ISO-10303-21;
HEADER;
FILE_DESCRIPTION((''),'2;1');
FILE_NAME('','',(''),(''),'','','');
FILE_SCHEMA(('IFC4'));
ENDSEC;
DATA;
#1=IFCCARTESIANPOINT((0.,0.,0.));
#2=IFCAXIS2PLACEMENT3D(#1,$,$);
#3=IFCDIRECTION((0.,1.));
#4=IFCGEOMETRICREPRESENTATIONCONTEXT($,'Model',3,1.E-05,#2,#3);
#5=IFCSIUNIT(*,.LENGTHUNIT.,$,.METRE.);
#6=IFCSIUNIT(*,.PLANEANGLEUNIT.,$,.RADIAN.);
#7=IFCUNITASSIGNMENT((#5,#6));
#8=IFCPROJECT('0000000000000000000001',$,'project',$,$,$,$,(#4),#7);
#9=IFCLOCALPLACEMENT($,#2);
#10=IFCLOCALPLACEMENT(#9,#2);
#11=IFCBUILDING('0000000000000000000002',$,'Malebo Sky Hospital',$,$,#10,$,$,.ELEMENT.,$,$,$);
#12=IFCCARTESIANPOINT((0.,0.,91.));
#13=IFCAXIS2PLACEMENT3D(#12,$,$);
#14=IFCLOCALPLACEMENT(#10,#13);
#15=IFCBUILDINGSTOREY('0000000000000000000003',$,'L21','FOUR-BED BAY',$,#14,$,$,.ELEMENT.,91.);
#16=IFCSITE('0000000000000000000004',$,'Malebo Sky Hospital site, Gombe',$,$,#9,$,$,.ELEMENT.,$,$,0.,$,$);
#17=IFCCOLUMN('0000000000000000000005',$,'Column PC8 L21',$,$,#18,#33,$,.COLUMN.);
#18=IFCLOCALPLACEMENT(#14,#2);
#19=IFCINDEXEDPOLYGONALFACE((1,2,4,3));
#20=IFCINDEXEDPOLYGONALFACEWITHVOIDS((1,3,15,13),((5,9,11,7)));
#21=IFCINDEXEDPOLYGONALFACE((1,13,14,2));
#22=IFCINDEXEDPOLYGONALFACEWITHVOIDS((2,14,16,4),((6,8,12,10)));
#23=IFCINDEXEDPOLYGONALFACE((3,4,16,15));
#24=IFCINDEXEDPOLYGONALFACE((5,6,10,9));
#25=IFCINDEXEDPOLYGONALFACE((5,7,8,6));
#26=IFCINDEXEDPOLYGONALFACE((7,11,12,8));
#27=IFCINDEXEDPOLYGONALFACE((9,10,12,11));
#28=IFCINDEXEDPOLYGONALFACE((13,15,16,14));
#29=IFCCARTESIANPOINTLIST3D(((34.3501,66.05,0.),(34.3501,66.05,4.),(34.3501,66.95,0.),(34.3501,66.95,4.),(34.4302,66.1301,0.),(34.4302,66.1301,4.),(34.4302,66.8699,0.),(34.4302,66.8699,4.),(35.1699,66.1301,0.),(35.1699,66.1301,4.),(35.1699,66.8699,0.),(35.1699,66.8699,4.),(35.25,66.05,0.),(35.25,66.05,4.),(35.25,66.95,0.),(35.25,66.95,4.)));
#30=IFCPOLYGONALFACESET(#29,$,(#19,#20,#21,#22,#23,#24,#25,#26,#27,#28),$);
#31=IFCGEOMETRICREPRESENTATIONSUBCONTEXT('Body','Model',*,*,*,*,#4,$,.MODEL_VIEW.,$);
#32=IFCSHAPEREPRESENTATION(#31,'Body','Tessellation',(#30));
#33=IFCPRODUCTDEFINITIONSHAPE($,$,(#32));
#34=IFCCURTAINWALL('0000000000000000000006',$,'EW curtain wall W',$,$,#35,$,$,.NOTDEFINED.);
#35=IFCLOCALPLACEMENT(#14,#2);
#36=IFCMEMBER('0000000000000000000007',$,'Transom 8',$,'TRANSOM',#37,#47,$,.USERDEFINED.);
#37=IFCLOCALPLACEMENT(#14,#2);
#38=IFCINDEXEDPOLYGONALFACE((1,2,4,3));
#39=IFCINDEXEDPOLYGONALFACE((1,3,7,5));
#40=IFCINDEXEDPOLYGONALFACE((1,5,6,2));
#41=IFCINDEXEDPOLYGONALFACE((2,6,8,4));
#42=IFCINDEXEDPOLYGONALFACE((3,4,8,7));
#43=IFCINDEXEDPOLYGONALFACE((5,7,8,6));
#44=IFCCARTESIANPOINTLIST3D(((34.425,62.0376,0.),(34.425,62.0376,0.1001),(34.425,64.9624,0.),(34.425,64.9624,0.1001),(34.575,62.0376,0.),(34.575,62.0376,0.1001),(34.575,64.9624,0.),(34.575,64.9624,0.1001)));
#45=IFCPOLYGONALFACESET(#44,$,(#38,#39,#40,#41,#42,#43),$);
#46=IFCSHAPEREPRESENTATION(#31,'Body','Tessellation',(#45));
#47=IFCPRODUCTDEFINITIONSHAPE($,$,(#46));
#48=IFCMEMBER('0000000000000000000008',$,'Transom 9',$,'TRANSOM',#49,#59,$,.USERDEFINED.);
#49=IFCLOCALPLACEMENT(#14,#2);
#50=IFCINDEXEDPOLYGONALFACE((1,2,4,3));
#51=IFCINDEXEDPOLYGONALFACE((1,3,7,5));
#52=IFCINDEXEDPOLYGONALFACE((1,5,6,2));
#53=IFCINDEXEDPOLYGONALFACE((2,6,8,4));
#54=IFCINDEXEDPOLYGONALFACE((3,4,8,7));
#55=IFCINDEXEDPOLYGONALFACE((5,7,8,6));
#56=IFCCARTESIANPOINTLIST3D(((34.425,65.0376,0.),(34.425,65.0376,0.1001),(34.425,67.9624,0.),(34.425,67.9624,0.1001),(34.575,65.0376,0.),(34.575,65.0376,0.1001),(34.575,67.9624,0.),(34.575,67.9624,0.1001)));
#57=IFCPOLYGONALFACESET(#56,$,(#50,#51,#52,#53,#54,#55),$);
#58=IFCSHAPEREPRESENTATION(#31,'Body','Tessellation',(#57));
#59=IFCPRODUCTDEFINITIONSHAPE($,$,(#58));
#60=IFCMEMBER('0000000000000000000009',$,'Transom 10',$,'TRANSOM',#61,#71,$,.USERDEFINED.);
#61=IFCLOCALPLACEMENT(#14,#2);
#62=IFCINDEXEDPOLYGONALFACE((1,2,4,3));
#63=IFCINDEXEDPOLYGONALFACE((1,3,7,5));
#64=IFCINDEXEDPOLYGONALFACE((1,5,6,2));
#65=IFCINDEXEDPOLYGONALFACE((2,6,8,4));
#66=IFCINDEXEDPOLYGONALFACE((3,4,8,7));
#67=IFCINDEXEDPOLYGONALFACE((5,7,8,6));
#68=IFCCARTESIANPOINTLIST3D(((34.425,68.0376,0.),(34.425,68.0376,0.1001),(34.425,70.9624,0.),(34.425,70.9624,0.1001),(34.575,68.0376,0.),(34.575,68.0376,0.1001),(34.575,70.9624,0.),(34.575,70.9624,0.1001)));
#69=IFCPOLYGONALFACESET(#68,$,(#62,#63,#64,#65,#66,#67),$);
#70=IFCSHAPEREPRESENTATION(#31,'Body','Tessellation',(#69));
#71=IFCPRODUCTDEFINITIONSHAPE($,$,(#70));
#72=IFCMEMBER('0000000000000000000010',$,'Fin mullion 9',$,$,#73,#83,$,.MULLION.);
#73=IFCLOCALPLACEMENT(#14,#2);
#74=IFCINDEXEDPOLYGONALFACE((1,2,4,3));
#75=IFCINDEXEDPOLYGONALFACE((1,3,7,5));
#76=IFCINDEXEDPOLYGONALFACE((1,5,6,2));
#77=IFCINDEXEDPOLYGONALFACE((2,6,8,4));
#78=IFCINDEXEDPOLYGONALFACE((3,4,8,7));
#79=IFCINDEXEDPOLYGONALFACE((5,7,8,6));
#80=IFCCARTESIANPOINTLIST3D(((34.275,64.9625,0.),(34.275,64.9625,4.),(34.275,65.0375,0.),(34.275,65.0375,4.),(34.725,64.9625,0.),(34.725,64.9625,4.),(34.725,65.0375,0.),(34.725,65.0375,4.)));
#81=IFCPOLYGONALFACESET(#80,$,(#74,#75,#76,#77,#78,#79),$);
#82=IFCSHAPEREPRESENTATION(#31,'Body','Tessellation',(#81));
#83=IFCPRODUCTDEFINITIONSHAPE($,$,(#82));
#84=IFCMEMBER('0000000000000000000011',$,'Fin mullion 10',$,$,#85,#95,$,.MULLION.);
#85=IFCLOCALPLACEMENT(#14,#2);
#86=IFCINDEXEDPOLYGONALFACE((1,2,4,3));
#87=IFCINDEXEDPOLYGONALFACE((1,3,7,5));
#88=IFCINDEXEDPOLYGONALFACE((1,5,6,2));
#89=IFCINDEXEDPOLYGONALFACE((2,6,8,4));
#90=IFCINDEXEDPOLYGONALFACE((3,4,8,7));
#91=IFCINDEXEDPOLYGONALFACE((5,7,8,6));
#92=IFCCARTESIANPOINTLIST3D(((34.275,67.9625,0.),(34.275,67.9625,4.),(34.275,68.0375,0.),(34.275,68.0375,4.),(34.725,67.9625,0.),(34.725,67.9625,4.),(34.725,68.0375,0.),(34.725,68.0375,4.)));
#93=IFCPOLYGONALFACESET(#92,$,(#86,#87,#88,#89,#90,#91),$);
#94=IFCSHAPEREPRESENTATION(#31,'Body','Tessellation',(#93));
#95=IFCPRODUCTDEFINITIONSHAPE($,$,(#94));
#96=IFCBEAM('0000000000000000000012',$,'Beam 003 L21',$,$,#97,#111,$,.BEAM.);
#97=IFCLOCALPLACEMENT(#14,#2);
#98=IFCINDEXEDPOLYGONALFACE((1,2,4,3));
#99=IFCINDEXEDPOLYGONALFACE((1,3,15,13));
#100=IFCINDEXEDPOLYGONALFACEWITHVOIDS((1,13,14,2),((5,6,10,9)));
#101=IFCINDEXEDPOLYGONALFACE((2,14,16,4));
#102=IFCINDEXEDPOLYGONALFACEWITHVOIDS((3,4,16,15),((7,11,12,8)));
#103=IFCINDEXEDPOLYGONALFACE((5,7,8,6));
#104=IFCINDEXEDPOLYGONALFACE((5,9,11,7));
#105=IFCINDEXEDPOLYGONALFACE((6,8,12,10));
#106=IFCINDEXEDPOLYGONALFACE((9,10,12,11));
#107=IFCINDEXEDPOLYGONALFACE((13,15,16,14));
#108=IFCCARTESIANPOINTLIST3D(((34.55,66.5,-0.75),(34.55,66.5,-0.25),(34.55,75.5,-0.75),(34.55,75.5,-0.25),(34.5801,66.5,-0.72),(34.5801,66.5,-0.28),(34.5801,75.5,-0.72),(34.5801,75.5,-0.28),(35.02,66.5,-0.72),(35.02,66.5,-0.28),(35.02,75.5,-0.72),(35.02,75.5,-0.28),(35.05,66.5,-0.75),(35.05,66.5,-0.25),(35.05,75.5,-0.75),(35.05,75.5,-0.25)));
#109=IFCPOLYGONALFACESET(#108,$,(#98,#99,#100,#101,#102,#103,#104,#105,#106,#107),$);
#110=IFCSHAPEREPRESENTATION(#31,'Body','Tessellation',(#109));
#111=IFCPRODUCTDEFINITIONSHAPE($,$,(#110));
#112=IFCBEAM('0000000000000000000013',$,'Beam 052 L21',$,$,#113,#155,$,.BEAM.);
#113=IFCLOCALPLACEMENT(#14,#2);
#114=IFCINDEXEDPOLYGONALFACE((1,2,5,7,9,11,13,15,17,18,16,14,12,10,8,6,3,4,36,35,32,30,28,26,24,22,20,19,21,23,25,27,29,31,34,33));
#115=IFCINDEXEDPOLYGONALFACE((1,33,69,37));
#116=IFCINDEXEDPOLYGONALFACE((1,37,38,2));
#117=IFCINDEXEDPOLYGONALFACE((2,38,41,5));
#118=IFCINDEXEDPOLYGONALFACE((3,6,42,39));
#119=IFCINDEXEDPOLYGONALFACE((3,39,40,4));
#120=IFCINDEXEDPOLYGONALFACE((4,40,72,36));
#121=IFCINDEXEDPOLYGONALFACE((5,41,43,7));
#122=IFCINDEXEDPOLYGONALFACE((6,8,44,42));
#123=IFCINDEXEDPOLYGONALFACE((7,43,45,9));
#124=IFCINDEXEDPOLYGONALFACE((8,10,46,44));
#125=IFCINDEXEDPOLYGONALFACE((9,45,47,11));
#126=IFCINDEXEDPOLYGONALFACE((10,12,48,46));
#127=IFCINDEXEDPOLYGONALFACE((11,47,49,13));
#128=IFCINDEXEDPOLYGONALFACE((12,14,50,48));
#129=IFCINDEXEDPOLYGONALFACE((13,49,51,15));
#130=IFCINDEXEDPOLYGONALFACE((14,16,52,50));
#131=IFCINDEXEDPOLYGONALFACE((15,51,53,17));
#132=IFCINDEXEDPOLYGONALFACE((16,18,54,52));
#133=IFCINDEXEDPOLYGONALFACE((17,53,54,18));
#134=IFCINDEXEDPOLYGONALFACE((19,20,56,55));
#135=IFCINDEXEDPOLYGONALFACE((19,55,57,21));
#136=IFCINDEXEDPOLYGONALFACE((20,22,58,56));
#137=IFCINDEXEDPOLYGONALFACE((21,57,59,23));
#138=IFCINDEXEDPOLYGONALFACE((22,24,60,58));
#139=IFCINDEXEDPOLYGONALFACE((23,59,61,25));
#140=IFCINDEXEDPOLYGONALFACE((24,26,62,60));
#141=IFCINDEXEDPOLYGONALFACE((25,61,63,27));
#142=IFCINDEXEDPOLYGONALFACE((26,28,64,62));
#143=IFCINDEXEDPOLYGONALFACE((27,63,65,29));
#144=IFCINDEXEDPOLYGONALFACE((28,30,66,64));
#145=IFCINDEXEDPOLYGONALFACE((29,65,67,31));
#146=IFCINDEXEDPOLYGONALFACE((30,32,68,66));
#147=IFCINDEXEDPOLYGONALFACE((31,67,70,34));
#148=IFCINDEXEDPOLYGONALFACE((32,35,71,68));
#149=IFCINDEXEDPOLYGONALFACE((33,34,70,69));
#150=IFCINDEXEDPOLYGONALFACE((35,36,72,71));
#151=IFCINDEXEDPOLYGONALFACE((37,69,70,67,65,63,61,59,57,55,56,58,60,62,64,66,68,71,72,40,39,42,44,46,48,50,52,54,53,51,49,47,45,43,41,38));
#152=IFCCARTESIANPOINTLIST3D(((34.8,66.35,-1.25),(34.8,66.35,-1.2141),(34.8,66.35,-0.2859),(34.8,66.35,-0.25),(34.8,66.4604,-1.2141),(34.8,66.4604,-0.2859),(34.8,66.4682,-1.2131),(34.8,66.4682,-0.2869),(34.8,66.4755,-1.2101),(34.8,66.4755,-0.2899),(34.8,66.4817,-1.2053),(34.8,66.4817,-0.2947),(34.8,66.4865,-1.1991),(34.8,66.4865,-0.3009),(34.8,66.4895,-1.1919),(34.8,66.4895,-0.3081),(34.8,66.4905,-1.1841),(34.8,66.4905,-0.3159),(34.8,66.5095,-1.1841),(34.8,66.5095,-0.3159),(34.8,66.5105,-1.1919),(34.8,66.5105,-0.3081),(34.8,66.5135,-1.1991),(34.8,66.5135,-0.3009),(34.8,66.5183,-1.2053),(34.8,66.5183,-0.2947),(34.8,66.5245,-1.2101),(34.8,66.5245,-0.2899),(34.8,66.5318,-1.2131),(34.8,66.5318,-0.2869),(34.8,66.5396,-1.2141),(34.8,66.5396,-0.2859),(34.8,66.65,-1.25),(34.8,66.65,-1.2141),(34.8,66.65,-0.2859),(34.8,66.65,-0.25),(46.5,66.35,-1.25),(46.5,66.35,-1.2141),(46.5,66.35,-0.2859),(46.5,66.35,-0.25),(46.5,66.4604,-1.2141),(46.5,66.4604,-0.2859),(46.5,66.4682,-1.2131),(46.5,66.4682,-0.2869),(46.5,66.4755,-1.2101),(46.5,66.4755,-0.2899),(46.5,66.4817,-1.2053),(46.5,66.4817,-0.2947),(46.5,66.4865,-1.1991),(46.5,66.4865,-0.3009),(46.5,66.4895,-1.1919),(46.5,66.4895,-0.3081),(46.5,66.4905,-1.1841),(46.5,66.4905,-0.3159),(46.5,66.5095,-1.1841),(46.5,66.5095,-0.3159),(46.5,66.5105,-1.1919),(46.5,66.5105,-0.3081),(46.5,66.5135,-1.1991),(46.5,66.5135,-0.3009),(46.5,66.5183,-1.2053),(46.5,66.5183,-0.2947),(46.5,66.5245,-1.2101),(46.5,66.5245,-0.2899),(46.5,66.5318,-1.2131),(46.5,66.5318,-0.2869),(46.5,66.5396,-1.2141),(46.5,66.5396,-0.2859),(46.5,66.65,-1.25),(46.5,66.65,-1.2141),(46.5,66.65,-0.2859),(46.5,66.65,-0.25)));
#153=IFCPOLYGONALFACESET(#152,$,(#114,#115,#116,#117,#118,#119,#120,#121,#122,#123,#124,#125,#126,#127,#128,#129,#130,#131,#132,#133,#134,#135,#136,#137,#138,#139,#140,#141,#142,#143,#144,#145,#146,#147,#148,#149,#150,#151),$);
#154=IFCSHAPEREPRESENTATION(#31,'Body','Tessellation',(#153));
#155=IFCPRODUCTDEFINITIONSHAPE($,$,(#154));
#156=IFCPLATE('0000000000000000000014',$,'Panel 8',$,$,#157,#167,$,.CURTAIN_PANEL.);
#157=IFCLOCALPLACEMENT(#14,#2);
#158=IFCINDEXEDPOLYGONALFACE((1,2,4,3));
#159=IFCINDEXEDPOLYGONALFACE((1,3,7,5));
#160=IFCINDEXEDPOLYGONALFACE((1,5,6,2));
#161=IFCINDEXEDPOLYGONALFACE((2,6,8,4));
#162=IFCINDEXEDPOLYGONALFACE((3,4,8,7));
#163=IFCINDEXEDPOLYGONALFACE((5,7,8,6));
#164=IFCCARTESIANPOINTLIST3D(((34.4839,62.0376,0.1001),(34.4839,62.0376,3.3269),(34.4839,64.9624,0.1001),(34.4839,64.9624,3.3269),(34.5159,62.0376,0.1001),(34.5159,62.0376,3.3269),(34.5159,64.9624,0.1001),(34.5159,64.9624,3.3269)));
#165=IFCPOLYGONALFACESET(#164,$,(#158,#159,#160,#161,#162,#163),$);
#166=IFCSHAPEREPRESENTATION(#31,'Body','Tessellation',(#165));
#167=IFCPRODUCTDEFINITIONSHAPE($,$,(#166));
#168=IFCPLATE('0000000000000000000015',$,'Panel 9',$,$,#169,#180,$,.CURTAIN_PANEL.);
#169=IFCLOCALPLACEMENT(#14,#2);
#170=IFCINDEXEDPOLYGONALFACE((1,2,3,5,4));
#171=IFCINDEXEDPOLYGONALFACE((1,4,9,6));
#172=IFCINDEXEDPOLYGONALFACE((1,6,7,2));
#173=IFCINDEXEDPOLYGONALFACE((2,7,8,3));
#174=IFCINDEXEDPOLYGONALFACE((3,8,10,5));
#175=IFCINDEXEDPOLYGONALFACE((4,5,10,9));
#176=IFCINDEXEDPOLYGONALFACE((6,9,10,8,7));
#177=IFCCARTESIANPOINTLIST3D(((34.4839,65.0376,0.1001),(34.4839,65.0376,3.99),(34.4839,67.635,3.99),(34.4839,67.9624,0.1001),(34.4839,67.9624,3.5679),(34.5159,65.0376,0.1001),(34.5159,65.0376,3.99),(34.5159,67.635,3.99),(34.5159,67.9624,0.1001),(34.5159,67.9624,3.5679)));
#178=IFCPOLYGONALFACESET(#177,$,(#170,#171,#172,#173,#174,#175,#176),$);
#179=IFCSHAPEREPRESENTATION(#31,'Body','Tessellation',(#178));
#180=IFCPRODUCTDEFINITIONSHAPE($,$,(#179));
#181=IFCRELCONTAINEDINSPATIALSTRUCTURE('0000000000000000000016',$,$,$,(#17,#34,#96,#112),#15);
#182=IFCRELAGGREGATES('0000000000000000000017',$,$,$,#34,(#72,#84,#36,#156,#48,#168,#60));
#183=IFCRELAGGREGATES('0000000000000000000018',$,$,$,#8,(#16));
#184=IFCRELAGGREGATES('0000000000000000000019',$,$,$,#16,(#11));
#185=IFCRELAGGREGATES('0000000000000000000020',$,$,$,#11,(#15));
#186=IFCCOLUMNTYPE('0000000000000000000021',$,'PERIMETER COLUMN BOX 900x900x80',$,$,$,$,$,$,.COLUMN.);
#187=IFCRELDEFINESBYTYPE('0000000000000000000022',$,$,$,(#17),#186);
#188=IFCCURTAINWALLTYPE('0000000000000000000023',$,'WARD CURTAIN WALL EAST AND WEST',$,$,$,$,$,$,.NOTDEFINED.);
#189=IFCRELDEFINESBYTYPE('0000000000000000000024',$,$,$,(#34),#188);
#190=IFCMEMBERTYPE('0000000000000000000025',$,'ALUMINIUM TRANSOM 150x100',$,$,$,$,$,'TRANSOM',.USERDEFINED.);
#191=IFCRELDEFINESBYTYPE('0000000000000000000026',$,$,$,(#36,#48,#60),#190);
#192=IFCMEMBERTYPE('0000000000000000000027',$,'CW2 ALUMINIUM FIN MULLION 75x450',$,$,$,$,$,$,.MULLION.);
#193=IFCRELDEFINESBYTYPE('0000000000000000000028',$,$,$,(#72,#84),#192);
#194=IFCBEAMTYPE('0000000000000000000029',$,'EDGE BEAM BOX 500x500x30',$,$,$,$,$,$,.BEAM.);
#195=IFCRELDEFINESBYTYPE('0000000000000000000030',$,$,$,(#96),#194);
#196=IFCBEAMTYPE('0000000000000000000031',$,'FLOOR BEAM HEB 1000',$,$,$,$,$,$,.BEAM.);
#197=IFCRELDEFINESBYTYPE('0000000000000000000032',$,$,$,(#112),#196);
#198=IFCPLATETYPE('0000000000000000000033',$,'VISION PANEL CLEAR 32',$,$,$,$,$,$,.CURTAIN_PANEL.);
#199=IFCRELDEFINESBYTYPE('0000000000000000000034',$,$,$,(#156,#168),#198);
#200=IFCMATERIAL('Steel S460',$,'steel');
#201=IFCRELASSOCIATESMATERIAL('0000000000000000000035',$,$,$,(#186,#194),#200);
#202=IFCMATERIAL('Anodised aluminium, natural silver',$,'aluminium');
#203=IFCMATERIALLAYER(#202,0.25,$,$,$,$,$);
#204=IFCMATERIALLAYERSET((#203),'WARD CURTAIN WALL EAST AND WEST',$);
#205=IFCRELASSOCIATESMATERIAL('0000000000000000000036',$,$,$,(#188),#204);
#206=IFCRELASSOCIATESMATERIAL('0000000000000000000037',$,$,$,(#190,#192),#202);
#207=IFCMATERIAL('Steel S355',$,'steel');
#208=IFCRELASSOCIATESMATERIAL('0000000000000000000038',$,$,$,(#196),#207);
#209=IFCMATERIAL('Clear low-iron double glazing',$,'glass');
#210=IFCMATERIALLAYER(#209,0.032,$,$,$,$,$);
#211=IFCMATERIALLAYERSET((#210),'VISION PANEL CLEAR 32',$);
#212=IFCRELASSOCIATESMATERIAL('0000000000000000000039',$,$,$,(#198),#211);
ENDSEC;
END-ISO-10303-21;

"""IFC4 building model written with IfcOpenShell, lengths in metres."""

from ifc_helpers import new_model, si_unit, direction, frame, origin, origin_2d, place, context, subcontext, project, spatial, polyline, rectangle, hollow_rectangle, i_section, outline, extrude, material, layer, layer_set, material_profile, profile_set, type_object, element, aggregate, save


model = new_model("IFC4")

# Units and contexts
model_context = context("Model", 3, precision=1e-05, world=origin(), true_north=direction((0.0, 1.0)))
body_context = subcontext(model_context, "Body", "Model", "MODEL_VIEW")
ifc_project = project(units=[si_unit("LENGTHUNIT", "METRE"), si_unit("PLANEANGLEUNIT", "RADIAN")], contexts=[model_context])

# Site, building, storey
site_placement = place(None, origin())
site = spatial("IfcSite", under=ifc_project, at=site_placement, Name="Malebo Sky Hospital site, Gombe", CompositionType="ELEMENT", RefElevation=0.0)
building_placement = place(site_placement, origin())
building = spatial("IfcBuilding", under=site, at=building_placement, Name="Malebo Sky Hospital", CompositionType="ELEMENT")
storey_placement = place(building_placement, frame((0.0, 0.0, 91.0)))
storey = spatial("IfcBuildingStorey", under=building, at=storey_placement, Name="L21", Description="FOUR-BED BAY", CompositionType="ELEMENT", Elevation=91.0)

# Column
ifc_material_1 = material(Name="Steel S460", Category="steel")
ifc_material_profile_1 = material_profile(ifc_material_1, hollow_rectangle(XDim=0.8999, YDim=0.8999, WallThickness=0.0801, at=origin_2d()), Name="BOX 900x900x80")
ifc_profile_set_1 = profile_set([ifc_material_profile_1], Name="Steel S460")
column_type = type_object("IfcColumnType", Name="PERIMETER COLUMN BOX 900x900x80", PredefinedType="COLUMN", material=ifc_profile_set_1)
column_placement = place(storey_placement, frame((34.8, 66.5, 0.0), z_axis=(0.0, 0.0, 1.0), x_axis=(1.0, 0.0, 0.0)))
element("IfcColumn", 1, at=column_placement, inside=storey, type_object=column_type, Name="Column PC8 L21", PredefinedType="COLUMN", context=body_context, shape_type="SweptSolid", body=[
    extrude(hollow_rectangle(XDim=0.8999, YDim=0.8999, WallThickness=0.0801, at=origin_2d()), origin(), (0.0, 0.0, 1.0), 4.0),
])

# Curtain wall, members
ifc_material_2 = material(Name="Anodised aluminium, natural silver", Category="aluminium")
ifc_layer_1 = layer(ifc_material_2, 0.25)
ifc_layer_set_1 = layer_set([ifc_layer_1], Name="WARD CURTAIN WALL EAST AND WEST")
curtain_wall_type = type_object("IfcCurtainWallType", Name="WARD CURTAIN WALL EAST AND WEST", PredefinedType="NOTDEFINED", material=ifc_layer_set_1)
curtain_wall_placement = place(storey_placement, origin())
curtain_wall = element("IfcCurtainWall", 2, at=curtain_wall_placement, inside=storey, type_object=curtain_wall_type, Name="EW curtain wall W", PredefinedType="NOTDEFINED")
ifc_material_profile_2 = material_profile(ifc_material_2, rectangle(XDim=0.1499, YDim=0.1001, at=origin_2d()), Name="ALUMINIUM TRANSOM 150x100")
ifc_profile_set_2 = profile_set([ifc_material_profile_2], Name="Anodised aluminium, natural silver")
member_type_1 = type_object("IfcMemberType", Name="ALUMINIUM TRANSOM 150x100", ElementType="TRANSOM", PredefinedType="USERDEFINED", material=ifc_profile_set_2)
member_1_placement = place(storey_placement, frame((34.5, 62.0376, 0.05), z_axis=(0.0, 1.0, 0.0), x_axis=(-1.0, 0.0, 0.0)))
member_1 = element("IfcMember", 3, at=member_1_placement, type_object=member_type_1, Name="Transom 8", ObjectType="TRANSOM", PredefinedType="USERDEFINED", context=body_context, shape_type="SweptSolid", body=[
    extrude(rectangle(XDim=0.1499, YDim=0.1001, at=origin_2d()), origin(), (0.0, 0.0, 1.0), 2.9248),
])
member_2_placement = place(storey_placement, frame((34.5, 65.0376, 0.05), z_axis=(0.0, 1.0, 0.0), x_axis=(-1.0, 0.0, 0.0)))
member_2 = element("IfcMember", 4, at=member_2_placement, type_object=member_type_1, Name="Transom 9", ObjectType="TRANSOM", PredefinedType="USERDEFINED", context=body_context, shape_type="SweptSolid", body=[
    extrude(rectangle(XDim=0.1499, YDim=0.1001, at=origin_2d()), origin(), (0.0, 0.0, 1.0), 2.9248),
])
member_3_placement = place(storey_placement, frame((34.5, 68.0376, 0.05), z_axis=(0.0, 1.0, 0.0), x_axis=(-1.0, 0.0, 0.0)))
member_3 = element("IfcMember", 5, at=member_3_placement, type_object=member_type_1, Name="Transom 10", ObjectType="TRANSOM", PredefinedType="USERDEFINED", context=body_context, shape_type="SweptSolid", body=[
    extrude(rectangle(XDim=0.1499, YDim=0.1001, at=origin_2d()), origin(), (0.0, 0.0, 1.0), 2.9248),
])
ifc_material_profile_3 = material_profile(ifc_material_2, rectangle(XDim=0.075, YDim=0.45, at=origin_2d()), Name="CW2 ALUMINIUM FIN MULLION 75x450")
ifc_profile_set_3 = profile_set([ifc_material_profile_3], Name="Anodised aluminium, natural silver")
member_type_2 = type_object("IfcMemberType", Name="CW2 ALUMINIUM FIN MULLION 75x450", PredefinedType="MULLION", material=ifc_profile_set_3)
member_4_placement = place(storey_placement, frame((34.5, 65.0, 0.0), z_axis=(0.0, 0.0, 1.0), x_axis=(0.0, 1.0, 0.0)))
member_4 = element("IfcMember", 6, at=member_4_placement, type_object=member_type_2, Name="Fin mullion 9", PredefinedType="MULLION", context=body_context, shape_type="SweptSolid", body=[
    extrude(rectangle(XDim=0.075, YDim=0.45, at=origin_2d()), origin(), (0.0, 0.0, 1.0), 4.0),
])
member_5_placement = place(storey_placement, frame((34.5, 68.0, 0.0), z_axis=(0.0, 0.0, 1.0), x_axis=(0.0, 1.0, 0.0)))
member_5 = element("IfcMember", 7, at=member_5_placement, type_object=member_type_2, Name="Fin mullion 10", PredefinedType="MULLION", context=body_context, shape_type="SweptSolid", body=[
    extrude(rectangle(XDim=0.075, YDim=0.45, at=origin_2d()), origin(), (0.0, 0.0, 1.0), 4.0),
])

# Beams
ifc_material_profile_4 = material_profile(ifc_material_1, hollow_rectangle(XDim=0.5, YDim=0.5, WallThickness=0.03, at=origin_2d()), Name="BOX 500x500x30")
ifc_profile_set_4 = profile_set([ifc_material_profile_4], Name="Steel S460")
beam_type_1 = type_object("IfcBeamType", Name="EDGE BEAM BOX 500x500x30", PredefinedType="BEAM", material=ifc_profile_set_4)
beam_1_placement = place(storey_placement, frame((34.8, 66.5, -0.5), z_axis=(0.0, 1.0, 0.0), x_axis=(-1.0, 0.0, 0.0)))
element("IfcBeam", 8, at=beam_1_placement, inside=storey, type_object=beam_type_1, Name="Beam 003 L21", PredefinedType="BEAM", context=body_context, shape_type="SweptSolid", body=[
    extrude(hollow_rectangle(XDim=0.5, YDim=0.5, WallThickness=0.03, at=origin_2d()), origin(), (0.0, 0.0, 1.0), 9.0),
])
ifc_material_3 = material(Name="Steel S355", Category="steel")
ifc_material_profile_5 = material_profile(ifc_material_3, i_section(OverallWidth=0.3, OverallDepth=1.0, WebThickness=0.019, FlangeThickness=0.0359, FilletRadius=0.03, at=origin_2d()), Name="HEB 1000")
ifc_profile_set_5 = profile_set([ifc_material_profile_5], Name="Steel S355")
beam_type_2 = type_object("IfcBeamType", Name="FLOOR BEAM HEB 1000", PredefinedType="BEAM", material=ifc_profile_set_5)
beam_2_placement = place(storey_placement, frame((34.8, 66.5, -0.75), z_axis=(1.0, 0.0, 0.0), x_axis=(0.0, 1.0, 0.0)))
element("IfcBeam", 9, at=beam_2_placement, inside=storey, type_object=beam_type_2, Name="Beam 052 L21", PredefinedType="BEAM", context=body_context, shape_type="SweptSolid", body=[
    extrude(i_section(OverallWidth=0.3, OverallDepth=1.0, WebThickness=0.019, FlangeThickness=0.0359, FilletRadius=0.03, at=origin_2d()), origin(), (0.0, 0.0, 1.0), 11.7),
])

# Plates
ifc_material_4 = material(Name="Clear low-iron double glazing", Category="glass")
ifc_layer_2 = layer(ifc_material_4, 0.032)
ifc_layer_set_2 = layer_set([ifc_layer_2], Name="VISION PANEL CLEAR 32")
plate_type = type_object("IfcPlateType", Name="VISION PANEL CLEAR 32", PredefinedType="CURTAIN_PANEL", material=ifc_layer_set_2)
plate_1_placement = place(storey_placement, frame((34.5, 63.5, 0.1001), z_axis=(0.0, 0.0, 1.0), x_axis=(0.0, 1.0, 0.0)))
plate_1 = element("IfcPlate", 10, at=plate_1_placement, type_object=plate_type, Name="Panel 8", PredefinedType="CURTAIN_PANEL", context=body_context, shape_type="SweptSolid", body=[
    extrude(outline(polyline([(-1.4624, 0.0), (1.4624, 0.0), (1.4624, 3.2268), (-1.4624, 3.2268), (-1.4624, 0.0)])), frame((0.0, 0.0161, 0.0), z_axis=(0.0, -1.0, 0.0), x_axis=(1.0, 0.0, 0.0)), (0.0, 0.0, 1.0), 0.032),
])
plate_2_placement = place(storey_placement, frame((34.5, 66.5, 0.1001), z_axis=(0.0, 0.0, 1.0), x_axis=(0.0, 1.0, 0.0)))
plate_2 = element("IfcPlate", 11, at=plate_2_placement, type_object=plate_type, Name="Panel 9", PredefinedType="CURTAIN_PANEL", context=body_context, shape_type="SweptSolid", body=[
    extrude(outline(polyline([(-1.4624, 0.0), (1.4624, 0.0), (1.4624, 3.4678), (1.135, 3.8899), (-1.4624, 3.8899), (-1.4624, 0.0)])), frame((0.0, 0.0161, 0.0), z_axis=(0.0, -1.0, 0.0), x_axis=(1.0, 0.0, 0.0)), (0.0, 0.0, 1.0), 0.032),
])
aggregate(curtain_wall, [member_4, member_5, member_1, plate_1, member_2, plate_2, member_3])

save(model, "model.ifc")
